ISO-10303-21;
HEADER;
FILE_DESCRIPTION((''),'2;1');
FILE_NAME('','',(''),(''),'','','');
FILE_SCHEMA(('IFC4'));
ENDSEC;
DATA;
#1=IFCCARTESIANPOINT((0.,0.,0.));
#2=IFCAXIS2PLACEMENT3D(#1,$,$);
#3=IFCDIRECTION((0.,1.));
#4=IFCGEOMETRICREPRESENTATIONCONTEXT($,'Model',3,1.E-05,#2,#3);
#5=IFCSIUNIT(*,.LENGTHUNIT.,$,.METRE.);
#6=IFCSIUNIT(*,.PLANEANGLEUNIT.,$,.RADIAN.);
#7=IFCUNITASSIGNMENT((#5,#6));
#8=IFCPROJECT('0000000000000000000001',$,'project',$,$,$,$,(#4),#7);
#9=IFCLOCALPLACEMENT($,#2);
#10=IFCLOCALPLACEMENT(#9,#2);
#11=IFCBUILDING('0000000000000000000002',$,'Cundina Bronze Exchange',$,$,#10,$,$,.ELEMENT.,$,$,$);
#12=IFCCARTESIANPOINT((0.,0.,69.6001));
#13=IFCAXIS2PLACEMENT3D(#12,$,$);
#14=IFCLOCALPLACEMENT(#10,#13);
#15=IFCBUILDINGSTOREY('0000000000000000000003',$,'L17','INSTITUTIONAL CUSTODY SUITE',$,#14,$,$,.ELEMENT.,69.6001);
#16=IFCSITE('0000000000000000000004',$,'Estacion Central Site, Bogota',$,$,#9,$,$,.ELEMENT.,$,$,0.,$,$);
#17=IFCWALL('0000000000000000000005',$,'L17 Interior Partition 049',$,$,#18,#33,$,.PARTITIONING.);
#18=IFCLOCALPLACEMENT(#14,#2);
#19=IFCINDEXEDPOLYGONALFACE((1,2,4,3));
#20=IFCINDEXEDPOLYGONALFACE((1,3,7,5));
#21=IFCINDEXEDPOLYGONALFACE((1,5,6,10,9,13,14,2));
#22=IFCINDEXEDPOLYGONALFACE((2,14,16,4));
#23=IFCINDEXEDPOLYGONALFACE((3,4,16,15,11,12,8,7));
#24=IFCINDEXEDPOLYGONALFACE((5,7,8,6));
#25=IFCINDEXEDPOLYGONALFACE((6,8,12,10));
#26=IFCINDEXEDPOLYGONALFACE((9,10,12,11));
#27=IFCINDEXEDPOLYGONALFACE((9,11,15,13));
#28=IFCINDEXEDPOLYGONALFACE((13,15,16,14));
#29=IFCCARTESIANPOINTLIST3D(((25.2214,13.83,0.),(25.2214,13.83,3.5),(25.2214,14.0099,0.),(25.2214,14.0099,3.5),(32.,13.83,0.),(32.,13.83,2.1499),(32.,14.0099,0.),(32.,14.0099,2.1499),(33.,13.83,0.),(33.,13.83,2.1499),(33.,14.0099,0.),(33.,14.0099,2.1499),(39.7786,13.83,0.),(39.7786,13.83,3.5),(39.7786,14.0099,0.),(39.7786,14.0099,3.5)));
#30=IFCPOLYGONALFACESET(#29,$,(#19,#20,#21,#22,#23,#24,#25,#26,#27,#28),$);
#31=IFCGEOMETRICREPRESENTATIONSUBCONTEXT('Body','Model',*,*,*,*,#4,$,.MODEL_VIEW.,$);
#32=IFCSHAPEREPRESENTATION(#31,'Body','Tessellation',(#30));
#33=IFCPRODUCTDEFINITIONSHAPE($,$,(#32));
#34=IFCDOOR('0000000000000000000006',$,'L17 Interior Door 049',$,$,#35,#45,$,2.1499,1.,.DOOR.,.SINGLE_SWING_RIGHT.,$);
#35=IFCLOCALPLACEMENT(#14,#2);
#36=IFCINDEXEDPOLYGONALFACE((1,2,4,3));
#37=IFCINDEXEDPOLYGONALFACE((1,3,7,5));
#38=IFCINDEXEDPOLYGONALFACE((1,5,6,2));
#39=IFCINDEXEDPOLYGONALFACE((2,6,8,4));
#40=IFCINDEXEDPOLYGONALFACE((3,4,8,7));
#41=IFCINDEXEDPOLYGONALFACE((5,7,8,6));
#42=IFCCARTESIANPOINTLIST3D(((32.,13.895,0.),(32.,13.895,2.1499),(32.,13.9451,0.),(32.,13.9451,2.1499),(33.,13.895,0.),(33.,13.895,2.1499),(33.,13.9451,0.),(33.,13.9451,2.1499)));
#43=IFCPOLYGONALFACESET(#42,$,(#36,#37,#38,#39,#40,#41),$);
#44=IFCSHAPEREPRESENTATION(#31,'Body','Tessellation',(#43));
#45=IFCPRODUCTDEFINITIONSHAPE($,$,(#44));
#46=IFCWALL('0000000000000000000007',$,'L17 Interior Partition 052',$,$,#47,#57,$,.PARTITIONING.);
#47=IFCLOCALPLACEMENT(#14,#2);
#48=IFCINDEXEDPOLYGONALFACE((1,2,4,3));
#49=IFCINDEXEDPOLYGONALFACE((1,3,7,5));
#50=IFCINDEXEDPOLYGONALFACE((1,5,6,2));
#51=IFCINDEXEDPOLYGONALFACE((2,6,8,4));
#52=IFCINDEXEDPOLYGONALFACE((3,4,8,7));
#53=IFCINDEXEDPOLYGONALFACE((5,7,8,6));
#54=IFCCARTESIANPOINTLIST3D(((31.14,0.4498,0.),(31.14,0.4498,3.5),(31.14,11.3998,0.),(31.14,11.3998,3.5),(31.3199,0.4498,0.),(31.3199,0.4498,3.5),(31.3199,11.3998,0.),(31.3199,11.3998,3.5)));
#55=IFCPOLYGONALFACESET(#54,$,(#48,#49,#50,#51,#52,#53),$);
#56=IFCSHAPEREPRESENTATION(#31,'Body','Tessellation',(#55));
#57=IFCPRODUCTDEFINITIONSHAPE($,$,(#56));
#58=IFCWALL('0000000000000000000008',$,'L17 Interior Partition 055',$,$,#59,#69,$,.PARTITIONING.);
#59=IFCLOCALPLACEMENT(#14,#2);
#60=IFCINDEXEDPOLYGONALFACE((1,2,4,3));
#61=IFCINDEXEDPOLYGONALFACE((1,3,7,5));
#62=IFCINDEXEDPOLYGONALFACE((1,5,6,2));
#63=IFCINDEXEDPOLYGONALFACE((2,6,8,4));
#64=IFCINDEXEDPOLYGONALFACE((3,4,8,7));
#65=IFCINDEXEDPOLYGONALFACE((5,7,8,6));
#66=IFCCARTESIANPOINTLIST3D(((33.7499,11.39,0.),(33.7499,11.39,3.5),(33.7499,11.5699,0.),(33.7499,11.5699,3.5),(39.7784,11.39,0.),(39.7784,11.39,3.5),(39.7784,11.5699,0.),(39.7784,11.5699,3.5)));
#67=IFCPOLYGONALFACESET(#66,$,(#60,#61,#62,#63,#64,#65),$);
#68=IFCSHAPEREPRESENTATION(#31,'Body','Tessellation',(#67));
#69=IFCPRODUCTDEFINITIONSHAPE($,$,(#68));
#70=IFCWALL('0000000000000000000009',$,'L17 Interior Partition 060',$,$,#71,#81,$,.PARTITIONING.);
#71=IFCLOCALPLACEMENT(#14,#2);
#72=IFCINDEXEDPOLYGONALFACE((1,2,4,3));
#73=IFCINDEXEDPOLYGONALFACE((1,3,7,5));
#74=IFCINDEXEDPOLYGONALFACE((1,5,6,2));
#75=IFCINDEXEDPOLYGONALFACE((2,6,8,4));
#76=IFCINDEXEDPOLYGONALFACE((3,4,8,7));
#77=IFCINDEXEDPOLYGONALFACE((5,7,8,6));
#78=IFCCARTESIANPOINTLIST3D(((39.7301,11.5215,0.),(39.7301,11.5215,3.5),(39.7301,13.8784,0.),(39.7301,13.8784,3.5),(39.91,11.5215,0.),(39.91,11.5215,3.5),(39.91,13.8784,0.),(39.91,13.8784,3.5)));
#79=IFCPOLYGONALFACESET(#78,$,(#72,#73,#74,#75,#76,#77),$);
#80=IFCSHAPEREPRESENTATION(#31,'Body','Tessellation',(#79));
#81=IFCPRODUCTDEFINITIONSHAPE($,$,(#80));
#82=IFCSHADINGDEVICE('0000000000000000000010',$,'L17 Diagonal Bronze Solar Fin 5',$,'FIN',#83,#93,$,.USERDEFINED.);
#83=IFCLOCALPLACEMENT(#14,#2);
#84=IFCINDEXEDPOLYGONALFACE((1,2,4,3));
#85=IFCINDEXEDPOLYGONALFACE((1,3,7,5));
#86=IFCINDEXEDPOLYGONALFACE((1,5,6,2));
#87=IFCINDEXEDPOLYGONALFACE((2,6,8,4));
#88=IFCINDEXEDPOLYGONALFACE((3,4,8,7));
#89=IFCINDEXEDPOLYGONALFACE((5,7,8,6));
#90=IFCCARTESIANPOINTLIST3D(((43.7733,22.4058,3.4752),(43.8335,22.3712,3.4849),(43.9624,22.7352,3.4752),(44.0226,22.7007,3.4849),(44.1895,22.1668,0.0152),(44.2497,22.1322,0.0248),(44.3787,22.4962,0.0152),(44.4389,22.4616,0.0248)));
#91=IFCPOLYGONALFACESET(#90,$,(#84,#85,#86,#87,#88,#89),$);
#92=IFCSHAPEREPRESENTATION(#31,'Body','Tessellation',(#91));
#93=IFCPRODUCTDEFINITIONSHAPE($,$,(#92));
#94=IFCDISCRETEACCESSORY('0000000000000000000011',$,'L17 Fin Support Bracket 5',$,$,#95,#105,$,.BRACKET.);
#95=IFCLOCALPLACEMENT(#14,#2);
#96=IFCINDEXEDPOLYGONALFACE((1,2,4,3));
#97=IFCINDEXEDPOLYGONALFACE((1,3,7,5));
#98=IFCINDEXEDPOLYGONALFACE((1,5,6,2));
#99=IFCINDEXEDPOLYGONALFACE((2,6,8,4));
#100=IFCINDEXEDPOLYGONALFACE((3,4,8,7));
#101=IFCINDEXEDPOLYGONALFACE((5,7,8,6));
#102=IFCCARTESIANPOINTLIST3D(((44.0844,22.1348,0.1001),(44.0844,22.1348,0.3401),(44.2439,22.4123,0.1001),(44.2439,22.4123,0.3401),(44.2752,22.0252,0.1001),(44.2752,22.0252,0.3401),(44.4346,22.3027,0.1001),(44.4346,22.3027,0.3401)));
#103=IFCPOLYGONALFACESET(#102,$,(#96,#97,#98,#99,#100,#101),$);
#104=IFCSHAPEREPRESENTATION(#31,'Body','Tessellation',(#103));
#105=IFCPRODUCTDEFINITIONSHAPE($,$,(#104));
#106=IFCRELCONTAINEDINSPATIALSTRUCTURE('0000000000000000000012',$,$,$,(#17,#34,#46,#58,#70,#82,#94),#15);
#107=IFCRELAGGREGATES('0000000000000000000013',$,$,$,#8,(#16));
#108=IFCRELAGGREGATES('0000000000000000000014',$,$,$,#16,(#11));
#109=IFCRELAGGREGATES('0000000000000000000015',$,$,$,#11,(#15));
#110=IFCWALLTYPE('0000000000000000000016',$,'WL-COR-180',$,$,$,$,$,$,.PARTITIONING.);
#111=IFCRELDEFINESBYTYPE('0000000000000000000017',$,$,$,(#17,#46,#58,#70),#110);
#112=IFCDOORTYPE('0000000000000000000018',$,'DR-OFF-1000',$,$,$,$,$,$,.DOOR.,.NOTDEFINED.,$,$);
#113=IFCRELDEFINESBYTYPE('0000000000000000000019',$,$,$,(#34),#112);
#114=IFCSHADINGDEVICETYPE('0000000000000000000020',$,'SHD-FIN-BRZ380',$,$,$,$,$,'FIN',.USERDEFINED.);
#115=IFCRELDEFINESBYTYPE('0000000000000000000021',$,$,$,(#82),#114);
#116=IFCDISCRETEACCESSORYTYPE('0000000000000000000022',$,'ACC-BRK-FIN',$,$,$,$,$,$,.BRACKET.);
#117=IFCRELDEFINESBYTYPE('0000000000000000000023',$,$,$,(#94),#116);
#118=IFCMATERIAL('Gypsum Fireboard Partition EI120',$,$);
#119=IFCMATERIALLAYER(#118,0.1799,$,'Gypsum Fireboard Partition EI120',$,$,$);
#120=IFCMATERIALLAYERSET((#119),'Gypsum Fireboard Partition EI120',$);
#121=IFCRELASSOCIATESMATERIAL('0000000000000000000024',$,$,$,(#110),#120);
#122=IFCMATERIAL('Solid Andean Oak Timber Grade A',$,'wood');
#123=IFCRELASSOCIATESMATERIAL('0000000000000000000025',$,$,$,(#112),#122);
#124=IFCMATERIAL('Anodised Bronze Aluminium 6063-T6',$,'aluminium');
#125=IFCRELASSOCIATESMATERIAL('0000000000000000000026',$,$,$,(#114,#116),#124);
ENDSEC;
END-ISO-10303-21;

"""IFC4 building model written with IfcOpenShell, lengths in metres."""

from ifc_helpers import new_model, si_unit, direction, frame, frame_2d, origin, origin_2d, place, context, subcontext, project, spatial, rectangle, extrude, material, layer, layer_set, material_profile, profile_set, type_object, element, fill, save


model = new_model("IFC4")

# Units and contexts
model_context = context("Model", 3, precision=1e-05, world=origin(), true_north=direction((0.0, 1.0)))
body_context = subcontext(model_context, "Body", "Model", "MODEL_VIEW")
ifc_project = project(units=[si_unit("LENGTHUNIT", "METRE"), si_unit("PLANEANGLEUNIT", "RADIAN")], contexts=[model_context])

# Site, building, storey
site_placement = place(None, origin())
site = spatial("IfcSite", under=ifc_project, at=site_placement, Name="Estacion Central Site, Bogota", CompositionType="ELEMENT", RefElevation=0.0)
building_placement = place(site_placement, origin())
building = spatial("IfcBuilding", under=site, at=building_placement, Name="Cundina Bronze Exchange", CompositionType="ELEMENT")
storey_placement = place(building_placement, frame((0.0, 0.0, 69.6001)))
storey = spatial("IfcBuildingStorey", under=building, at=storey_placement, Name="L17", Description="INSTITUTIONAL CUSTODY SUITE", CompositionType="ELEMENT", Elevation=69.6001)

# Shared definitions
ifc_material_1 = material(Name="Anodised Bronze Aluminium 6063-T6", Category="aluminium")

# Wall, opening, door
ifc_material_2 = material(Name="Gypsum Fireboard Partition EI120")
ifc_layer_1 = layer(ifc_material_2, 0.1799, Name="Gypsum Fireboard Partition EI120")
ifc_layer_set_1 = layer_set([ifc_layer_1], Name="Gypsum Fireboard Partition EI120")
wall_type = type_object("IfcWallType", Name="WL-COR-180", PredefinedType="PARTITIONING", material=ifc_layer_set_1)
wall_1_placement = place(storey_placement, frame((39.7786, 13.9199, 0.0), z_axis=(0.0, 0.0, 1.0), x_axis=(-1.0, 0.0, 0.0)))
wall_1 = element("IfcWall", 1, at=wall_1_placement, inside=storey, type_object=wall_type, Name="L17 Interior Partition 049", PredefinedType="PARTITIONING", context=body_context, shape_type="SweptSolid", body=[
    extrude(rectangle(XDim=14.5571, YDim=0.1799, at=frame_2d((7.2786, 0.0))), origin(), (0.0, 0.0, 1.0), 3.5),
])
opening_placement = place(wall_1_placement, frame((6.7786, 0.0, 0.0)))
opening = element("IfcOpeningElement", 2, at=opening_placement, cuts=wall_1, PredefinedType="OPENING", context=body_context, shape_type="SweptSolid", body=[
    extrude(rectangle(XDim=1.0, YDim=2.1499, at=frame_2d((0.5, 1.075))), frame((0.0, 0.0999, 0.0), z_axis=(0.0, -1.0, 0.0), x_axis=(1.0, 0.0, 0.0)), (0.0, 0.0, 1.0), 0.2),
])
ifc_material_3 = material(Name="Solid Andean Oak Timber Grade A", Category="wood")
door_type = type_object("IfcDoorType", Name="DR-OFF-1000", OperationType="NOTDEFINED", PredefinedType="DOOR", material=ifc_material_3)
door_placement = place(opening_placement, origin())
door = element("IfcDoor", 3, at=door_placement, inside=storey, type_object=door_type, Name="L17 Interior Door 049", OperationType="SINGLE_SWING_RIGHT", OverallHeight=2.1499, OverallWidth=1.0, PredefinedType="DOOR", context=body_context, shape_type="SweptSolid", body=[
    extrude(rectangle(XDim=1.0, YDim=2.1499, at=frame_2d((0.5, 1.075))), frame((0.0, 0.0249, 0.0), z_axis=(0.0, -1.0, 0.0), x_axis=(1.0, 0.0, 0.0)), (0.0, 0.0, 1.0), 0.05),
])
fill(opening, door)

# Walls
wall_2_placement = place(storey_placement, frame((31.23, 11.3999, 0.0), z_axis=(0.0, 0.0, 1.0), x_axis=(0.0, -1.0, 0.0)))
element("IfcWall", 4, at=wall_2_placement, inside=storey, type_object=wall_type, Name="L17 Interior Partition 052", PredefinedType="PARTITIONING", context=body_context, shape_type="SweptSolid", body=[
    extrude(rectangle(XDim=10.95, YDim=0.1799, at=frame_2d((5.4751, 0.0))), origin(), (0.0, 0.0, 1.0), 3.5),
])
wall_3_placement = place(storey_placement, frame((33.75, 11.48, 0.0), z_axis=(0.0, 0.0, 1.0), x_axis=(1.0, 0.0, 0.0)))
element("IfcWall", 5, at=wall_3_placement, inside=storey, type_object=wall_type, Name="L17 Interior Partition 055", PredefinedType="PARTITIONING", context=body_context, shape_type="SweptSolid", body=[
    extrude(rectangle(XDim=6.0286, YDim=0.1799, at=frame_2d((3.0142, 0.0))), origin(), (0.0, 0.0, 1.0), 3.5),
])
wall_4_placement = place(storey_placement, frame((39.8201, 11.5215, 0.0), z_axis=(0.0, 0.0, 1.0), x_axis=(0.0, 1.0, 0.0)))
element("IfcWall", 6, at=wall_4_placement, inside=storey, type_object=wall_type, Name="L17 Interior Partition 060", PredefinedType="PARTITIONING", context=body_context, shape_type="SweptSolid", body=[
    extrude(rectangle(XDim=2.3569, YDim=0.1799, at=frame_2d((1.1785, 0.0))), origin(), (0.0, 0.0, 1.0), 3.5),
])

# Shading device
ifc_material_profile_1 = material_profile(ifc_material_1, rectangle(XDim=0.0701, YDim=0.3799, at=origin_2d()), Name="FIN70X380", Category="aluminium")
ifc_profile_set_1 = profile_set([ifc_material_profile_1], Name="Anodised Bronze Aluminium 6063-T6")
shading_device_type = type_object("IfcShadingDeviceType", Name="SHD-FIN-BRZ380", ElementType="FIN", PredefinedType="USERDEFINED", material=ifc_profile_set_1)
shading_device_placement = place(storey_placement, frame((44.3142, 22.3142, 0.02), z_axis=(-0.119166, 0.068425, 0.990514), x_axis=(0.858982, -0.493222, 0.137414)))
element("IfcShadingDevice", 7, at=shading_device_placement, inside=storey, type_object=shading_device_type, Name="L17 Diagonal Bronze Solar Fin 5", ObjectType="FIN", PredefinedType="USERDEFINED", context=body_context, shape_type="SweptSolid", body=[
    extrude(rectangle(XDim=0.0701, YDim=0.3799, at=origin_2d()), origin(), (0.0, 0.0, 1.0), 3.4932),
])

# Discrete accessory
discrete_accessory_type = type_object("IfcDiscreteAccessoryType", Name="ACC-BRK-FIN", PredefinedType="BRACKET", material=ifc_material_1)
discrete_accessory_placement = place(storey_placement, frame((44.2595, 22.2188, 0.1001), z_axis=(0.0, 0.0, 1.0), x_axis=(-0.867105, 0.498125, 0.0)))
element("IfcDiscreteAccessory", 8, at=discrete_accessory_placement, inside=storey, type_object=discrete_accessory_type, Name="L17 Fin Support Bracket 5", PredefinedType="BRACKET", context=body_context, shape_type="SweptSolid", body=[
    extrude(rectangle(XDim=0.22, YDim=0.3201, at=origin_2d()), origin(), (0.0, 0.0, 1.0), 0.24),
])

save(model, "model.ifc")
